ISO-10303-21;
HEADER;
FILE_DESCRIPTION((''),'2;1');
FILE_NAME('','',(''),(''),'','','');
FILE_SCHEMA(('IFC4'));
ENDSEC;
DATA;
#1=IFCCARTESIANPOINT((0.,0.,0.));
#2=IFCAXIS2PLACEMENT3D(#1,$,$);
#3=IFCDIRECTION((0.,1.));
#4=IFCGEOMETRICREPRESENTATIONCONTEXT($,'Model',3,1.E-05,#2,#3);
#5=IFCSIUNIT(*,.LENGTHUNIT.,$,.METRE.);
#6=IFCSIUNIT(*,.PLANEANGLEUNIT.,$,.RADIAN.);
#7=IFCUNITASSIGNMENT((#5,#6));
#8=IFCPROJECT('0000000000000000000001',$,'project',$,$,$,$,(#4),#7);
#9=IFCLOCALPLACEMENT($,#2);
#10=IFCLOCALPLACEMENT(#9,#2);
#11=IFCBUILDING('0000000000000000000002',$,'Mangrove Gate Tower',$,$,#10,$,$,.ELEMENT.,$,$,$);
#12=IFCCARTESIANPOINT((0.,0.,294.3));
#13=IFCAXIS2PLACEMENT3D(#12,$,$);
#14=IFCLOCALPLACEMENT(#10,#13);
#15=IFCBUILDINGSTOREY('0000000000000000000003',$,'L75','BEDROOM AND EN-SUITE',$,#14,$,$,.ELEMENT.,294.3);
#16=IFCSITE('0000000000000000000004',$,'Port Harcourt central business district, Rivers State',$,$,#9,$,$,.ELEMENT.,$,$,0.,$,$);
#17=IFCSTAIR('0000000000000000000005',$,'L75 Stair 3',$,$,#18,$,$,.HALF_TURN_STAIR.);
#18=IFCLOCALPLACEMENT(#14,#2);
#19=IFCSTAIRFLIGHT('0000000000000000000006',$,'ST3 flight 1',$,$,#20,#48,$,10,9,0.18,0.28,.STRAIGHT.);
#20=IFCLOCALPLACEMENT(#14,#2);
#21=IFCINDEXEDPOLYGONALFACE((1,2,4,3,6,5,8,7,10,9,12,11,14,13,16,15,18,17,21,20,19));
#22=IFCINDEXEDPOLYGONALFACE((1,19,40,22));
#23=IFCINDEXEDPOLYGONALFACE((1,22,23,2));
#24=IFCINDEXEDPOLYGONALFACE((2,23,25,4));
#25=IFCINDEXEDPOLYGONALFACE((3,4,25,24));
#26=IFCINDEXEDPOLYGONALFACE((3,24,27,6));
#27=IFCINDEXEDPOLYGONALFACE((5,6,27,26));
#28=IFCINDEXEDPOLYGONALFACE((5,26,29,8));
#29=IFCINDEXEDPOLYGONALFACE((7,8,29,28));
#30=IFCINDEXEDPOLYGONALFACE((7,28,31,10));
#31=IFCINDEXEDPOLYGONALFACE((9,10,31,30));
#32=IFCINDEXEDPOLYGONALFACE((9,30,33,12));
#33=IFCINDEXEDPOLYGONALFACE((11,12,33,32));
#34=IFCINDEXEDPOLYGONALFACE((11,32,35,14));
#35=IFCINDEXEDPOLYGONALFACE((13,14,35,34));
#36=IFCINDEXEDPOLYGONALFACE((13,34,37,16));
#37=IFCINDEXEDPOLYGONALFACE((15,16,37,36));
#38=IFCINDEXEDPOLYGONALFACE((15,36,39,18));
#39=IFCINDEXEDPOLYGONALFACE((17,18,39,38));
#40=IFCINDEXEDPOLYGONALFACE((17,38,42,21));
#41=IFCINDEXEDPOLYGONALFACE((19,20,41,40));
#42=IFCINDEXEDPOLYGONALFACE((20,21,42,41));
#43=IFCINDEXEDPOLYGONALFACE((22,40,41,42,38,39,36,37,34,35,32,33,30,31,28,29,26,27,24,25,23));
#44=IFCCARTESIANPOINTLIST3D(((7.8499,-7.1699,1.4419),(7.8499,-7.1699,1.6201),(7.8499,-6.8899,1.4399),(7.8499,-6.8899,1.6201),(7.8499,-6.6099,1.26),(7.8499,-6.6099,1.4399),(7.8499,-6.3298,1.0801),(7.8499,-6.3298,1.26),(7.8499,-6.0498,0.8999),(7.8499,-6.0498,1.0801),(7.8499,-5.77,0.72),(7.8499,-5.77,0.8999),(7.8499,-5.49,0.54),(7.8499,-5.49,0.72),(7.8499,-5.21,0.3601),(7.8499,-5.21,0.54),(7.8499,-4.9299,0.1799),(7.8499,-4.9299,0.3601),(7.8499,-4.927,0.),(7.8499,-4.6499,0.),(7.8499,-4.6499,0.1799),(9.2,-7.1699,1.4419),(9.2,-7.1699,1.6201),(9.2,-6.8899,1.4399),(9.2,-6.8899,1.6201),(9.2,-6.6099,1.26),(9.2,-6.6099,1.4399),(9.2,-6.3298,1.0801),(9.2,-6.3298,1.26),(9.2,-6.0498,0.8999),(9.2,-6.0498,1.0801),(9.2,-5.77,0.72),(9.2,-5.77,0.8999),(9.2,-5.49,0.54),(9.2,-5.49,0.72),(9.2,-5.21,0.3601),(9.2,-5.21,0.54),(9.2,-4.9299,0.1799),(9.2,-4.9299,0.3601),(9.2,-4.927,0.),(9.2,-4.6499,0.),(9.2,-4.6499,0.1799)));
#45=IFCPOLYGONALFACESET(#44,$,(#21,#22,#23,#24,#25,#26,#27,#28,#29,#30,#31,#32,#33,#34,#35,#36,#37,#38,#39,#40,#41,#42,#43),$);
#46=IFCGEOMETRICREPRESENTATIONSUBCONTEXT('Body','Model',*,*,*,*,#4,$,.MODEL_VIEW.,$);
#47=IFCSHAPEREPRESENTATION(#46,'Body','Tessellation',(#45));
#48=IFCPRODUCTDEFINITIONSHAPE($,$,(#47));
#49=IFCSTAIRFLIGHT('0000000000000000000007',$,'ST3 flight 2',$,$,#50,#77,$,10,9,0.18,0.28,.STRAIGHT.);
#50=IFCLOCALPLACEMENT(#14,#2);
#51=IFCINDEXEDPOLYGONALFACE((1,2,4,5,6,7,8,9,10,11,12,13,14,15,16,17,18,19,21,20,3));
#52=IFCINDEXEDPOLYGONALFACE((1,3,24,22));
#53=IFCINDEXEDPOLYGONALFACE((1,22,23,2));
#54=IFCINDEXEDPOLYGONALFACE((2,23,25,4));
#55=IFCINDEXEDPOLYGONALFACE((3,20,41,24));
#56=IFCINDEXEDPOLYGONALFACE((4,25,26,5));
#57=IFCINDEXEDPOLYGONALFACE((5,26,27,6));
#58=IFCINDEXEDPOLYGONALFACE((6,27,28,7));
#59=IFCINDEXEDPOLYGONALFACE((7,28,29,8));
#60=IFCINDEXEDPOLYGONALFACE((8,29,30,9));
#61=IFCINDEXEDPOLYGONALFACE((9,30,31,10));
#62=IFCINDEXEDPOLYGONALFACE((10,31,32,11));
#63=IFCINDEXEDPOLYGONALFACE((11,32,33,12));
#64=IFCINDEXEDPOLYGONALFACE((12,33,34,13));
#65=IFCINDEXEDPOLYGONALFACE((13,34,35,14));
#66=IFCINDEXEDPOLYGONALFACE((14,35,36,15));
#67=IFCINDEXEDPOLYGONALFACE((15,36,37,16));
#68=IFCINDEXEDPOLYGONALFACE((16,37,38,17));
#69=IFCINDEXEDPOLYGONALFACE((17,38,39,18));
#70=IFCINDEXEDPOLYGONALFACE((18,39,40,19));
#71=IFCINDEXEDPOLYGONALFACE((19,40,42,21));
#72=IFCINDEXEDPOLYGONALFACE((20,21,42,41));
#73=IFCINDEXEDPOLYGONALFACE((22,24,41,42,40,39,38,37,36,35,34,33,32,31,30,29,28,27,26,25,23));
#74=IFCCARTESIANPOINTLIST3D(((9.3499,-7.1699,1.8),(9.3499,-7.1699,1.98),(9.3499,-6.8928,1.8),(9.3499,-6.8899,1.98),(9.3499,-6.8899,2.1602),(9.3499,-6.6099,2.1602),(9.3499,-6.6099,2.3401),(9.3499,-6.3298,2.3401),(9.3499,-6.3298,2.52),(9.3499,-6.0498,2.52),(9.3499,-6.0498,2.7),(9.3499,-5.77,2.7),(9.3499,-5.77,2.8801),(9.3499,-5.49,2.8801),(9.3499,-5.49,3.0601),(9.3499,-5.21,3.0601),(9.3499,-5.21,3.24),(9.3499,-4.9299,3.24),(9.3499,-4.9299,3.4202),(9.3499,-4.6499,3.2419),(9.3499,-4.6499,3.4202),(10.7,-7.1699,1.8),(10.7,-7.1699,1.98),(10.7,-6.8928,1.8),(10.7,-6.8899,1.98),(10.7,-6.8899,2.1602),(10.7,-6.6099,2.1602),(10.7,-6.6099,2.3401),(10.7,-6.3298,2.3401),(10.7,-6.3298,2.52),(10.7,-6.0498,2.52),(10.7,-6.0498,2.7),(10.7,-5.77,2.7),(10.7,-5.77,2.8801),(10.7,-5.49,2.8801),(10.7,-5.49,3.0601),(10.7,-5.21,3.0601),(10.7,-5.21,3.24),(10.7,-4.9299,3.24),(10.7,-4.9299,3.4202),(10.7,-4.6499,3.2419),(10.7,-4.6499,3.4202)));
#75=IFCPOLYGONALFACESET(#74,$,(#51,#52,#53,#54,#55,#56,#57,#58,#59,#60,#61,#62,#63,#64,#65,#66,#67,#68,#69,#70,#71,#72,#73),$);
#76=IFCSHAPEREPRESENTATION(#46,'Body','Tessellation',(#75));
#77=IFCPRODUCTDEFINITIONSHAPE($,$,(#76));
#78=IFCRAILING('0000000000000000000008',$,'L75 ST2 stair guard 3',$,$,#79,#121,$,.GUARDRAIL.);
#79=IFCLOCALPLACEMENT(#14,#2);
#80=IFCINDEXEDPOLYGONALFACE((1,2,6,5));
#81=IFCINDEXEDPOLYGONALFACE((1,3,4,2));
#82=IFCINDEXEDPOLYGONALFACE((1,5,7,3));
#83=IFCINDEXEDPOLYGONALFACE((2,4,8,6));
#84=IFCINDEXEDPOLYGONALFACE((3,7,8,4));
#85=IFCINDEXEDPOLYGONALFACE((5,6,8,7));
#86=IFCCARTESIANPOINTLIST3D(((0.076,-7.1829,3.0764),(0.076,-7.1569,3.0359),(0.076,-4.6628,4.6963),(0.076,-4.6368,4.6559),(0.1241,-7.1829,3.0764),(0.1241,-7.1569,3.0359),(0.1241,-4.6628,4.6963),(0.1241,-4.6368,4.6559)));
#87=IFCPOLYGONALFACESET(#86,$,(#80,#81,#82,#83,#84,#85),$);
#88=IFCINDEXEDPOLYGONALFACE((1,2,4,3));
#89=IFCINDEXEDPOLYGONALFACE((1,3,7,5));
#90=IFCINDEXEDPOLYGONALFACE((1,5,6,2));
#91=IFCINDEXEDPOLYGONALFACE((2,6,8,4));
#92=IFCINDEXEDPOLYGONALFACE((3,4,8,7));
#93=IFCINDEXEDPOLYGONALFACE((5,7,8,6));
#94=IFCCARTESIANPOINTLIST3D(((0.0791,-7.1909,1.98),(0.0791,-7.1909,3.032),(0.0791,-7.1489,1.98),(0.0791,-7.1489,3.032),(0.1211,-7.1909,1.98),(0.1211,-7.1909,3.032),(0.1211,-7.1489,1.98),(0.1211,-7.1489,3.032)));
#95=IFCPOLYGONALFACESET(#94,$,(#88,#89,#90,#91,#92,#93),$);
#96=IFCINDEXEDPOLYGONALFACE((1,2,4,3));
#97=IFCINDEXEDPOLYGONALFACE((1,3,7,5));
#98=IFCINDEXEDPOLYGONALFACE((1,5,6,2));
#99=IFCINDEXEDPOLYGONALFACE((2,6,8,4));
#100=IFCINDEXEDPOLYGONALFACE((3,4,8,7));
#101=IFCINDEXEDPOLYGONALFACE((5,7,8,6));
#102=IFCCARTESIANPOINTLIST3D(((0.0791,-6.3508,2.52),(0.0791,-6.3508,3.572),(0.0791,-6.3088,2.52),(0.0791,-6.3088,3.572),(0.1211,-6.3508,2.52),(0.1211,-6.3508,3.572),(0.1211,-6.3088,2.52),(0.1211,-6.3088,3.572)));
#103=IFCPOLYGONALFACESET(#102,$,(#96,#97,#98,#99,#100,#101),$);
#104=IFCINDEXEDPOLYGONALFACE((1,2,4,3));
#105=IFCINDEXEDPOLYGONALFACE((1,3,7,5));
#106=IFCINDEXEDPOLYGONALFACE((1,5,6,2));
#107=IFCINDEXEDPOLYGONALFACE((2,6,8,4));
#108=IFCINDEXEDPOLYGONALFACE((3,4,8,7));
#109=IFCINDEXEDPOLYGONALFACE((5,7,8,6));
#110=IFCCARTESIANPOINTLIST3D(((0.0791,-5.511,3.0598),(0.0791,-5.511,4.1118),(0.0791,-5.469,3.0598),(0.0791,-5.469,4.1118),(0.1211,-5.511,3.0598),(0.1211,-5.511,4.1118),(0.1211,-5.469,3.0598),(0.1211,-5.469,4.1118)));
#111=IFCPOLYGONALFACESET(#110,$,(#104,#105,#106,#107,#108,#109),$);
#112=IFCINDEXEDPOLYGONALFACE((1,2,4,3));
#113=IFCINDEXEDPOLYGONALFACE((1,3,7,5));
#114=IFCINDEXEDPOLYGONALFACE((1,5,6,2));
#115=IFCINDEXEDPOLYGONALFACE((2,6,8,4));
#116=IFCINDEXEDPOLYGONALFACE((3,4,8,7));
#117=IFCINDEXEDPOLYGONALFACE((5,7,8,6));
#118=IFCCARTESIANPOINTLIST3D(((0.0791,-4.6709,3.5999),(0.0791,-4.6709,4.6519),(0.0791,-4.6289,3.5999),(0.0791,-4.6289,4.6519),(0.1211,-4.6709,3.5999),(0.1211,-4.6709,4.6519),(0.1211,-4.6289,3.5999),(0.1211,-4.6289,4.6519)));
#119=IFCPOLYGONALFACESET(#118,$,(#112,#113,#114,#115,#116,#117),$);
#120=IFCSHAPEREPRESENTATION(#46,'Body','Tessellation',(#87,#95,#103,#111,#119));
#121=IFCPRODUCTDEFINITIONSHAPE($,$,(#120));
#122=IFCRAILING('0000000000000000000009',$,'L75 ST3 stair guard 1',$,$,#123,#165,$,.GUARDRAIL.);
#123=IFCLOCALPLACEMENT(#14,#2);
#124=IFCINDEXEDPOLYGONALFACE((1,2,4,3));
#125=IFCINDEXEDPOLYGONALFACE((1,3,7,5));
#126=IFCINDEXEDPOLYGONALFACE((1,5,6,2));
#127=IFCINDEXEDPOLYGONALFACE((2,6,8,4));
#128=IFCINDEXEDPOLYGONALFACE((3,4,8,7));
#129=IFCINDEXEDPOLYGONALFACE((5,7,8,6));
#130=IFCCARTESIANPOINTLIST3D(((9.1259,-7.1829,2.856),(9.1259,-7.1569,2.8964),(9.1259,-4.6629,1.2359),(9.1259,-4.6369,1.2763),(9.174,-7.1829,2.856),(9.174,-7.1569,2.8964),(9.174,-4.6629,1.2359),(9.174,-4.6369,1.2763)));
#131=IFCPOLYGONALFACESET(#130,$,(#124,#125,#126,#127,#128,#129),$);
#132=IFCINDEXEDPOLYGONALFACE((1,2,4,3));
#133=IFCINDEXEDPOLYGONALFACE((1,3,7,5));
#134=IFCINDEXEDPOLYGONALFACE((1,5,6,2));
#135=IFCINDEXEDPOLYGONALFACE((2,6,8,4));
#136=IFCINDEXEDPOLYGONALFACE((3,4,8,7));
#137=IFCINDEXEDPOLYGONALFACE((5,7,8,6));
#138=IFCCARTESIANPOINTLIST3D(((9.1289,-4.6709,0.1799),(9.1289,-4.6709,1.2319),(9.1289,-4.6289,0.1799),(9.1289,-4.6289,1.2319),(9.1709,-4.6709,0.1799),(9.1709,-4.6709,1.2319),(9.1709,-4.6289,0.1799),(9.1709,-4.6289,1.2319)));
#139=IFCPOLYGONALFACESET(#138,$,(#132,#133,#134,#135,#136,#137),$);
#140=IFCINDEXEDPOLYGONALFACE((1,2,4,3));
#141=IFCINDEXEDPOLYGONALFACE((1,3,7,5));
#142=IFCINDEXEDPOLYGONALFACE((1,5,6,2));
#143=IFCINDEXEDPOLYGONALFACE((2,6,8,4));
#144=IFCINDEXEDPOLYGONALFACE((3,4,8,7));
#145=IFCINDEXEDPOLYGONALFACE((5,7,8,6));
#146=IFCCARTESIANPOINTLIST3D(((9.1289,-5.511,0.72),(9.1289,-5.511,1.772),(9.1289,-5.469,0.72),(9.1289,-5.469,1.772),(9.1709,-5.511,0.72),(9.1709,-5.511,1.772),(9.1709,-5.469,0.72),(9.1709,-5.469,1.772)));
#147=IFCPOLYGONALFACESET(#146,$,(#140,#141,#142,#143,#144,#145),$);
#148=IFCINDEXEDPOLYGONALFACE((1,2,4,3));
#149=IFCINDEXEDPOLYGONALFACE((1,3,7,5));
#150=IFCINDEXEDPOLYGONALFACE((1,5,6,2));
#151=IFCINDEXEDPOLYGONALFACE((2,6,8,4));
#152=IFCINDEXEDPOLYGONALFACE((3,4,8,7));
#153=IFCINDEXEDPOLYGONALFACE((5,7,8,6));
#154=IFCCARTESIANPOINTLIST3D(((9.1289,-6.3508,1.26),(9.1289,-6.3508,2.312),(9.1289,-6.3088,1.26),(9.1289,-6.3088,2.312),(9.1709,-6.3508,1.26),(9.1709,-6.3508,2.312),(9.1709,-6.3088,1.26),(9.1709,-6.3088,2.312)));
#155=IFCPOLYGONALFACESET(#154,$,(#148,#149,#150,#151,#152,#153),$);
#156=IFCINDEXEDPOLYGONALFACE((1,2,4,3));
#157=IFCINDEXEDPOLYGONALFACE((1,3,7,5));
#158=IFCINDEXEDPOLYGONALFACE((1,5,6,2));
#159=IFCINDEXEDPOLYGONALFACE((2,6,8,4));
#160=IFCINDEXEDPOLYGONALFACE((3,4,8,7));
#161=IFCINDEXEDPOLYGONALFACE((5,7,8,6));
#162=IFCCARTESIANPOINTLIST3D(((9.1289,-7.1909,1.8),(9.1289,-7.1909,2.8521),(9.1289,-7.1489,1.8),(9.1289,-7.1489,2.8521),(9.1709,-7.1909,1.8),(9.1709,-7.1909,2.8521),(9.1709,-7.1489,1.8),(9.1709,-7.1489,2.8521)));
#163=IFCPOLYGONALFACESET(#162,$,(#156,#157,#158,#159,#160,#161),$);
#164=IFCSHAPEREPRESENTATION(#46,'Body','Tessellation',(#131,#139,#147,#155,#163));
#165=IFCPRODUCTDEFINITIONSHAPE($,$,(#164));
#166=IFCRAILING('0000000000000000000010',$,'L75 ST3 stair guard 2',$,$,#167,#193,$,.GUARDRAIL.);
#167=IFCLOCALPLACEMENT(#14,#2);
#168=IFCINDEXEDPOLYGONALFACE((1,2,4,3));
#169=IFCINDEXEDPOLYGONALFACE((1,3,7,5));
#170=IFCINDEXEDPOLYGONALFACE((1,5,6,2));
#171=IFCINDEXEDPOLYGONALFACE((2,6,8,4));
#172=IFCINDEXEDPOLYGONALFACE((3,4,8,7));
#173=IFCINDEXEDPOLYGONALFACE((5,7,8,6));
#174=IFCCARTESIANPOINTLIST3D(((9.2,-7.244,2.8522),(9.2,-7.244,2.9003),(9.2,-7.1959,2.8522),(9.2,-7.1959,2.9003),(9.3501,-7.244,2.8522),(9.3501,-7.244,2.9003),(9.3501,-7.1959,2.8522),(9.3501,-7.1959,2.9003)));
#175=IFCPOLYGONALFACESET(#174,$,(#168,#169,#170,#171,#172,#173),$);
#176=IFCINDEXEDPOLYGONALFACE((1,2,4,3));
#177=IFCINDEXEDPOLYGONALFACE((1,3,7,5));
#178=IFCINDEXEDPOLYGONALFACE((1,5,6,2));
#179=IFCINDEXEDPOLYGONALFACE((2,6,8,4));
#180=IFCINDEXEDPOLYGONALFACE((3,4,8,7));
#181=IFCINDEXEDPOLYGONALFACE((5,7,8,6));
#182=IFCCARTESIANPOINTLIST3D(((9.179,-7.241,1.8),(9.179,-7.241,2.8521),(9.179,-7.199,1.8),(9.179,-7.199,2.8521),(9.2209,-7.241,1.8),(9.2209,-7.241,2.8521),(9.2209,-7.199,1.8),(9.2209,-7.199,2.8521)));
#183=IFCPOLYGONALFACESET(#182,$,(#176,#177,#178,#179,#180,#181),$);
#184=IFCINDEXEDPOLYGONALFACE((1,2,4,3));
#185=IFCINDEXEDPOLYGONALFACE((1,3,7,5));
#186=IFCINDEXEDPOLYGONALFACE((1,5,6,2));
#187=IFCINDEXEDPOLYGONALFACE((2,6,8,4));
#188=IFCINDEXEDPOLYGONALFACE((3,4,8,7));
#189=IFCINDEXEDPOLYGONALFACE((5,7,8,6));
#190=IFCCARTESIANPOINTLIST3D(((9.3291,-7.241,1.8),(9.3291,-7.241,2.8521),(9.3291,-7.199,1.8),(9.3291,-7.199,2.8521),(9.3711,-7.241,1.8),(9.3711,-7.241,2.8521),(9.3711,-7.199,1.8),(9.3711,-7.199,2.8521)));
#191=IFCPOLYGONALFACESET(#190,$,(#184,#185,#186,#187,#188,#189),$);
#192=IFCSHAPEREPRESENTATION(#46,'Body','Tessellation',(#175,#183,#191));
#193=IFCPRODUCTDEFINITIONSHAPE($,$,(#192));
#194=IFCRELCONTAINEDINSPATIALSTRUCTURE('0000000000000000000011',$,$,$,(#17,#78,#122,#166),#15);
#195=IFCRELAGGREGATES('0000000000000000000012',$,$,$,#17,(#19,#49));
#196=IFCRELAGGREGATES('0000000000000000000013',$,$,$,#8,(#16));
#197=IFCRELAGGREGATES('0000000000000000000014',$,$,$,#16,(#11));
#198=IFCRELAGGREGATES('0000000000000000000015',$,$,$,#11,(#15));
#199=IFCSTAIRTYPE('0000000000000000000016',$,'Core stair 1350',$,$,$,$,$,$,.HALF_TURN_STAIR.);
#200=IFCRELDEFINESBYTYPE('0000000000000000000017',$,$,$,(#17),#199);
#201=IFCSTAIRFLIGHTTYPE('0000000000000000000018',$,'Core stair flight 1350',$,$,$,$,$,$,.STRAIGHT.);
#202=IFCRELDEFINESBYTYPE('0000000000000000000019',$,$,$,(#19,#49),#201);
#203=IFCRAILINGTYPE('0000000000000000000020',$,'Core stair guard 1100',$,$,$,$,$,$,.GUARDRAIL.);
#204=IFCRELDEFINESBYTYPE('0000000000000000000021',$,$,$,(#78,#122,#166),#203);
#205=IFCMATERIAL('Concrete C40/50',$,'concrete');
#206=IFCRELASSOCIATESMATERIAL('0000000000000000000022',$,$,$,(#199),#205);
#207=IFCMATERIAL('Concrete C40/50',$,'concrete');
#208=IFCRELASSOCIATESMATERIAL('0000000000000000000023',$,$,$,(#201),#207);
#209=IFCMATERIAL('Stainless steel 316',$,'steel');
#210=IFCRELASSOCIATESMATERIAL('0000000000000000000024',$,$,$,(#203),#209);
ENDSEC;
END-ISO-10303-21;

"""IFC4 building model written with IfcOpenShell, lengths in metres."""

from ifc_helpers import new_model, si_unit, direction, frame, origin, origin_2d, place, context, subcontext, project, spatial, polyline, rectangle, outline, extrude, material, type_object, element, aggregate, save


model = new_model("IFC4")

# Units and contexts
model_context = context("Model", 3, precision=1e-05, world=origin(), true_north=direction((0.0, 1.0)))
body_context = subcontext(model_context, "Body", "Model", "MODEL_VIEW")
ifc_project = project(units=[si_unit("LENGTHUNIT", "METRE"), si_unit("PLANEANGLEUNIT", "RADIAN")], contexts=[model_context])

# Site, building, storey
site_placement = place(None, origin())
site = spatial("IfcSite", under=ifc_project, at=site_placement, Name="Port Harcourt central business district, Rivers State", CompositionType="ELEMENT", RefElevation=0.0)
building_placement = place(site_placement, origin())
building = spatial("IfcBuilding", under=site, at=building_placement, Name="Mangrove Gate Tower", CompositionType="ELEMENT")
storey_placement = place(building_placement, frame((0.0, 0.0, 294.3)))
storey = spatial("IfcBuildingStorey", under=building, at=storey_placement, Name="L75", Description="BEDROOM AND EN-SUITE", CompositionType="ELEMENT", Elevation=294.3)

# Shared definitions
ifc_material_1 = material(Name="Concrete C40/50", Category="concrete")
stair_type = type_object("IfcStairType", Name="Core stair 1350", PredefinedType="HALF_TURN_STAIR", material=ifc_material_1)
ifc_material_2 = material(Name="Concrete C40/50", Category="concrete")
stair_flight_type = type_object("IfcStairFlightType", Name="Core stair flight 1350", PredefinedType="STRAIGHT", material=ifc_material_2)

# Stair, stair flights
stair_1_placement = place(storey_placement, origin())
stair_1 = element("IfcStair", 1, at=stair_1_placement, inside=storey, type_object=stair_type, Name="L75 Stair 3", PredefinedType="HALF_TURN_STAIR")
stair_flight_1_placement = place(storey_placement, frame((8.5249, -4.6499, 0.0), z_axis=(0.0, 0.0, 1.0), x_axis=(0.0, -1.0, 0.0)))
stair_flight_1 = element("IfcStairFlight", 2, at=stair_flight_1_placement, type_object=stair_flight_type, Name="ST3 flight 1", NumberOfRisers=10, NumberOfTreads=9, PredefinedType="STRAIGHT", RiserHeight=0.18, TreadLength=0.28, context=body_context, shape_type="SweptSolid", body=[
    extrude(outline(polyline([(0.0, 0.0), (0.0, 0.1799), (0.28, 0.1799), (0.28, 0.3601), (0.5601, 0.3601), (0.5601, 0.54), (0.8401, 0.54), (0.8401, 0.72), (1.1201, 0.72), (1.1201, 0.8999), (1.3999, 0.8999), (1.3999, 1.0801), (1.6799, 1.0801), (1.6799, 1.26), (1.96, 1.26), (1.96, 1.4399), (2.24, 1.4399), (2.24, 1.6201), (2.52, 1.6201), (2.52, 1.8), (2.52, 1.4419), (0.2771, 0.0), (0.0, 0.0)])), frame((0.0, 0.675, 0.0), z_axis=(0.0, -1.0, 0.0), x_axis=(1.0, 0.0, 0.0)), (0.0, 0.0, 1.0), 1.3501),
])
stair_flight_2_placement = place(storey_placement, frame((10.0249, -7.1699, 1.8), z_axis=(0.0, 0.0, 1.0), x_axis=(0.0, 1.0, 0.0)))
stair_flight_2 = element("IfcStairFlight", 3, at=stair_flight_2_placement, type_object=stair_flight_type, Name="ST3 flight 2", NumberOfRisers=10, NumberOfTreads=9, PredefinedType="STRAIGHT", RiserHeight=0.18, TreadLength=0.28, context=body_context, shape_type="SweptSolid", body=[
    extrude(outline(polyline([(0.0, 0.0), (0.0, 0.1799), (0.28, 0.1799), (0.28, 0.3601), (0.5601, 0.3601), (0.5601, 0.54), (0.8401, 0.54), (0.8401, 0.72), (1.1201, 0.72), (1.1201, 0.8999), (1.3999, 0.8999), (1.3999, 1.0801), (1.6799, 1.0801), (1.6799, 1.26), (1.96, 1.26), (1.96, 1.4399), (2.24, 1.4399), (2.24, 1.6201), (2.52, 1.6201), (2.52, 1.8), (2.52, 1.4419), (0.2771, 0.0), (0.0, 0.0)])), frame((0.0, 0.675, 0.0), z_axis=(0.0, -1.0, 0.0), x_axis=(1.0, 0.0, 0.0)), (0.0, 0.0, 1.0), 1.3501),
])
aggregate(stair_1, [stair_flight_1, stair_flight_2])

# Railings
ifc_material_3 = material(Name="Stainless steel 316", Category="steel")
railing_type_1 = type_object("IfcRailingType", Name="Core stair guard 1100", PredefinedType="GUARDRAIL", material=ifc_material_3)
railing_1_placement = place(storey_placement, frame((0.1001, -7.1699, 1.98)))
element("IfcRailing", 4, at=railing_1_placement, inside=storey, type_object=railing_type_1, Name="L75 ST2 stair guard 3", PredefinedType="GUARDRAIL", context=body_context, shape_type="SweptSolid", body=[
    extrude(rectangle(XDim=0.0481, YDim=0.0481, at=origin_2d()), frame((0.0, 0.0, 1.0762), z_axis=(0.0, 0.8412, 0.540725), x_axis=(-1.0, 0.0, 0.0)), (0.0, 0.0, 1.0), 2.9958),
    extrude(rectangle(XDim=0.042, YDim=0.042, at=origin_2d()), origin(), (0.0, 0.0, 1.0), 1.052),
    extrude(rectangle(XDim=0.042, YDim=0.042, at=origin_2d()), frame((0.0, 0.8401, 0.54)), (0.0, 0.0, 1.0), 1.052),
    extrude(rectangle(XDim=0.042, YDim=0.042, at=origin_2d()), frame((0.0, 1.6799, 1.0798)), (0.0, 0.0, 1.0), 1.052),
    extrude(rectangle(XDim=0.042, YDim=0.042, at=origin_2d()), frame((0.0, 2.52, 1.6199)), (0.0, 0.0, 1.0), 1.052),
])
railing_2_placement = place(storey_placement, frame((9.1499, -4.6499, 0.1799)))
element("IfcRailing", 5, at=railing_2_placement, inside=storey, type_object=railing_type_1, Name="L75 ST3 stair guard 1", PredefinedType="GUARDRAIL", context=body_context, shape_type="SweptSolid", body=[
    extrude(rectangle(XDim=0.0481, YDim=0.0481, at=origin_2d()), frame((0.0, 0.0, 1.0762), z_axis=(0.0, -0.841163, 0.540782), x_axis=(1.0, 0.0, 0.0)), (0.0, 0.0, 1.0), 2.9958),
    extrude(rectangle(XDim=0.042, YDim=0.042, at=origin_2d()), origin(), (0.0, 0.0, 1.0), 1.052),
    extrude(rectangle(XDim=0.042, YDim=0.042, at=origin_2d()), frame((0.0, -0.8401, 0.54)), (0.0, 0.0, 1.0), 1.052),
    extrude(rectangle(XDim=0.042, YDim=0.042, at=origin_2d()), frame((0.0, -1.6799, 1.0801)), (0.0, 0.0, 1.0), 1.052),
    extrude(rectangle(XDim=0.042, YDim=0.042, at=origin_2d()), frame((0.0, -2.52, 1.6201)), (0.0, 0.0, 1.0), 1.052),
])
railing_3_placement = place(storey_placement, frame((9.2, -7.22, 1.8)))
element("IfcRailing", 6, at=railing_3_placement, inside=storey, type_object=railing_type_1, Name="L75 ST3 stair guard 2", PredefinedType="GUARDRAIL", context=body_context, shape_type="SweptSolid", body=[
    extrude(rectangle(XDim=0.0481, YDim=0.0481, at=origin_2d()), frame((0.0, 0.0, 1.0762), z_axis=(1.0, 0.0, 0.0), x_axis=(0.0, 1.0, 0.0)), (0.0, 0.0, 1.0), 0.1501),
    extrude(rectangle(XDim=0.042, YDim=0.042, at=origin_2d()), origin(), (0.0, 0.0, 1.0), 1.052),
    extrude(rectangle(XDim=0.042, YDim=0.042, at=origin_2d()), frame((0.1501, 0.0, 0.0)), (0.0, 0.0, 1.0), 1.052),
])

save(model, "model.ifc")
